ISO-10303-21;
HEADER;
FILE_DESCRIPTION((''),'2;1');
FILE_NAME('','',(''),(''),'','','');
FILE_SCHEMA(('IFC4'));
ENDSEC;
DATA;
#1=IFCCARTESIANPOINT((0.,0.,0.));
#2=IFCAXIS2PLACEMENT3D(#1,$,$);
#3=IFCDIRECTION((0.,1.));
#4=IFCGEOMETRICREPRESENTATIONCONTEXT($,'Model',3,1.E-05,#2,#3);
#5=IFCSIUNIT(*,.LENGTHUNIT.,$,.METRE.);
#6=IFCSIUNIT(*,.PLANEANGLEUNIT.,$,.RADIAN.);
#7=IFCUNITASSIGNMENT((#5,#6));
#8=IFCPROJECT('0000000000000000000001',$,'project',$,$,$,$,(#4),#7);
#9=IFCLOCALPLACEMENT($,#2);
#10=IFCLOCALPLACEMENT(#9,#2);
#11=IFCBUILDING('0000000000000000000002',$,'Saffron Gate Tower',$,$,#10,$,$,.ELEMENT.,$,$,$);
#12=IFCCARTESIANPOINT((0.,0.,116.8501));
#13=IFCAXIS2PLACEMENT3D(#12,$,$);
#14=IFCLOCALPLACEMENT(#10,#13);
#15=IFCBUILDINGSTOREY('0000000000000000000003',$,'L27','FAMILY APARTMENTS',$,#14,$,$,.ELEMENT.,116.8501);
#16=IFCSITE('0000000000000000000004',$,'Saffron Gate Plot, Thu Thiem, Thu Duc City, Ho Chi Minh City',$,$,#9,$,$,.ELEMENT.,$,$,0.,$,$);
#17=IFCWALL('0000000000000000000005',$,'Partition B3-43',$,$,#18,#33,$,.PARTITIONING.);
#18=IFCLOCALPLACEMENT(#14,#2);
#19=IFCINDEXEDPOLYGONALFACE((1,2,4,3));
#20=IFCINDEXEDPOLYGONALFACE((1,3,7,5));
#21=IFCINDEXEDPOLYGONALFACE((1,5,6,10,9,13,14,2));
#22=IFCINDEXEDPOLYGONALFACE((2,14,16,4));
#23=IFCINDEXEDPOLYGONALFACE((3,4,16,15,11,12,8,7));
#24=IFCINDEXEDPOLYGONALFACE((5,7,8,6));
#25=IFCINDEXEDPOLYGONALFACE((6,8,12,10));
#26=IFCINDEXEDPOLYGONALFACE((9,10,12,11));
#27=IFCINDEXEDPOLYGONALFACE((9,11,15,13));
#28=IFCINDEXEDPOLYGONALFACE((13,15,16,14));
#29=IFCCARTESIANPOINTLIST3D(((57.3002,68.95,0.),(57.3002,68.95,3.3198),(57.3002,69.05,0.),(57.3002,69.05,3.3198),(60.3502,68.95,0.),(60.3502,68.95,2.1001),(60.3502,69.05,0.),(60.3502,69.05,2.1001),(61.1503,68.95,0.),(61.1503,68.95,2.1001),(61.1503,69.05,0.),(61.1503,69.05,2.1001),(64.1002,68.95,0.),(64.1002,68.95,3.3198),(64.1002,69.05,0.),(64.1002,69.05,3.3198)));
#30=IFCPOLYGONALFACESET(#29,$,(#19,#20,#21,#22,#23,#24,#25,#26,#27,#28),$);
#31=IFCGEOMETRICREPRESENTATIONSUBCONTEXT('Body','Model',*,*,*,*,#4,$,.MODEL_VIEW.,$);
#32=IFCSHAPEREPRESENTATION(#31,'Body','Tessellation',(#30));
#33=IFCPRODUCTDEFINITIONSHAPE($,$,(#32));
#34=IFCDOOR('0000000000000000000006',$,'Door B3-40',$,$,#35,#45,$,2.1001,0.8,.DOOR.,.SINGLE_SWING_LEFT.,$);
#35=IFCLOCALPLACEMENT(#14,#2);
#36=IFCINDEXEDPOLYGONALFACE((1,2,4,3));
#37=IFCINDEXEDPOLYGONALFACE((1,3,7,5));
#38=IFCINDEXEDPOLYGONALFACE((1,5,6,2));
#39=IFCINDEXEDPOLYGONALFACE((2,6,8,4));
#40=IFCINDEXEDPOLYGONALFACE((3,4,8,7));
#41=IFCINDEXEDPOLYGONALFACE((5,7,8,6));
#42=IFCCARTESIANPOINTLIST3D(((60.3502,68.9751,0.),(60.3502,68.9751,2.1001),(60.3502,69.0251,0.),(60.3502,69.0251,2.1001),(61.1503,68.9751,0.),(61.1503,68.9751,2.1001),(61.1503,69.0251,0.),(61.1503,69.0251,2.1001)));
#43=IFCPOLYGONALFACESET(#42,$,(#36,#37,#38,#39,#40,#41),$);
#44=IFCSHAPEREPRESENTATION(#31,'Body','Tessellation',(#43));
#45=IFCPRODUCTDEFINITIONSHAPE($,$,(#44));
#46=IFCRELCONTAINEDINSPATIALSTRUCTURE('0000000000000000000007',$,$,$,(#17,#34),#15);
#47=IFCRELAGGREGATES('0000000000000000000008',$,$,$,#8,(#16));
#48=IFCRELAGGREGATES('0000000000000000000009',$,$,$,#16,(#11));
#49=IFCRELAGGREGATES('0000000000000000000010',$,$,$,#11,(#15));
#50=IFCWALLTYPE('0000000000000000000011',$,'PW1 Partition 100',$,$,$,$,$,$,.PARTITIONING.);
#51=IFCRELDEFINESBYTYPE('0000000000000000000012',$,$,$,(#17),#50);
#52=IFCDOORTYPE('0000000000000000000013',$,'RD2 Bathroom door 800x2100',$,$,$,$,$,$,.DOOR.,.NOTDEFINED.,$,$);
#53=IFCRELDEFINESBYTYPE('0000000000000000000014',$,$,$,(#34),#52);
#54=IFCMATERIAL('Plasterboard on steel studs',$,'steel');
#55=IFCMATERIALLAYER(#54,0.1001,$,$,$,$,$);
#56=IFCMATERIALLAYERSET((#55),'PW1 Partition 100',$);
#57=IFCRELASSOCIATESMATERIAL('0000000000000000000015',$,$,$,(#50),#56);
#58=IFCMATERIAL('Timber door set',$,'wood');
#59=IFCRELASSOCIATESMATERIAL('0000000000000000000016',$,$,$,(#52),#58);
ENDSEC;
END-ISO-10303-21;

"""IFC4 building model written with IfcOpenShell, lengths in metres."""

from ifc_helpers import new_model, si_unit, direction, frame, frame_2d, origin, place, context, subcontext, project, spatial, rectangle, extrude, material, layer, layer_set, type_object, element, fill, save


model = new_model("IFC4")

# Units and contexts
model_context = context("Model", 3, precision=1e-05, world=origin(), true_north=direction((0.0, 1.0)))
body_context = subcontext(model_context, "Body", "Model", "MODEL_VIEW")
ifc_project = project(units=[si_unit("LENGTHUNIT", "METRE"), si_unit("PLANEANGLEUNIT", "RADIAN")], contexts=[model_context])

# Site, building, storey
site_placement = place(None, origin())
site = spatial("IfcSite", under=ifc_project, at=site_placement, Name="Saffron Gate Plot, Thu Thiem, Thu Duc City, Ho Chi Minh City", CompositionType="ELEMENT", RefElevation=0.0)
building_placement = place(site_placement, origin())
building = spatial("IfcBuilding", under=site, at=building_placement, Name="Saffron Gate Tower", CompositionType="ELEMENT")
storey_placement = place(building_placement, frame((0.0, 0.0, 116.8501)))
storey = spatial("IfcBuildingStorey", under=building, at=storey_placement, Name="L27", Description="FAMILY APARTMENTS", CompositionType="ELEMENT", Elevation=116.8501)

# Wall, opening, door
ifc_material_1 = material(Name="Plasterboard on steel studs", Category="steel")
ifc_layer_1 = layer(ifc_material_1, 0.1001)
ifc_layer_set_1 = layer_set([ifc_layer_1], Name="PW1 Partition 100")
wall_type_1 = type_object("IfcWallType", Name="PW1 Partition 100", PredefinedType="PARTITIONING", material=ifc_layer_set_1)
wall_1_placement = place(storey_placement, frame((64.1001, 69.0, 0.0), z_axis=(0.0, 0.0, 1.0), x_axis=(-1.0, 0.0, 0.0)))
wall_1 = element("IfcWall", 1, at=wall_1_placement, inside=storey, type_object=wall_type_1, Name="Partition B3-43", PredefinedType="PARTITIONING", context=body_context, shape_type="SweptSolid", body=[
    extrude(rectangle(XDim=6.8, YDim=0.1001, at=frame_2d((3.3999, 0.0))), origin(), (0.0, 0.0, 1.0), 3.3198),
])
opening_1_placement = place(wall_1_placement, frame((2.95, 0.0, 0.0)))
opening_1 = element("IfcOpeningElement", 2, at=opening_1_placement, cuts=wall_1, PredefinedType="OPENING", context=body_context, shape_type="SweptSolid", body=[
    extrude(rectangle(XDim=0.8, YDim=2.1001, at=frame_2d((0.3999, 1.05))), frame((0.0, 0.0601, 0.0), z_axis=(0.0, -1.0, 0.0), x_axis=(1.0, 0.0, 0.0)), (0.0, 0.0, 1.0), 0.1201),
])
ifc_material_2 = material(Name="Timber door set", Category="wood")
door_type = type_object("IfcDoorType", Name="RD2 Bathroom door 800x2100", OperationType="NOTDEFINED", PredefinedType="DOOR", material=ifc_material_2)
door_placement = place(opening_1_placement, origin())
door = element("IfcDoor", 3, at=door_placement, inside=storey, type_object=door_type, Name="Door B3-40", OperationType="SINGLE_SWING_LEFT", OverallHeight=2.1001, OverallWidth=0.8, PredefinedType="DOOR", context=body_context, shape_type="SweptSolid", body=[
    extrude(rectangle(XDim=0.8, YDim=2.1001, at=frame_2d((0.3999, 1.05))), frame((0.0, 0.0249, 0.0), z_axis=(0.0, -1.0, 0.0), x_axis=(1.0, 0.0, 0.0)), (0.0, 0.0, 1.0), 0.05),
])
fill(opening_1, door)

save(model, "model.ifc")
